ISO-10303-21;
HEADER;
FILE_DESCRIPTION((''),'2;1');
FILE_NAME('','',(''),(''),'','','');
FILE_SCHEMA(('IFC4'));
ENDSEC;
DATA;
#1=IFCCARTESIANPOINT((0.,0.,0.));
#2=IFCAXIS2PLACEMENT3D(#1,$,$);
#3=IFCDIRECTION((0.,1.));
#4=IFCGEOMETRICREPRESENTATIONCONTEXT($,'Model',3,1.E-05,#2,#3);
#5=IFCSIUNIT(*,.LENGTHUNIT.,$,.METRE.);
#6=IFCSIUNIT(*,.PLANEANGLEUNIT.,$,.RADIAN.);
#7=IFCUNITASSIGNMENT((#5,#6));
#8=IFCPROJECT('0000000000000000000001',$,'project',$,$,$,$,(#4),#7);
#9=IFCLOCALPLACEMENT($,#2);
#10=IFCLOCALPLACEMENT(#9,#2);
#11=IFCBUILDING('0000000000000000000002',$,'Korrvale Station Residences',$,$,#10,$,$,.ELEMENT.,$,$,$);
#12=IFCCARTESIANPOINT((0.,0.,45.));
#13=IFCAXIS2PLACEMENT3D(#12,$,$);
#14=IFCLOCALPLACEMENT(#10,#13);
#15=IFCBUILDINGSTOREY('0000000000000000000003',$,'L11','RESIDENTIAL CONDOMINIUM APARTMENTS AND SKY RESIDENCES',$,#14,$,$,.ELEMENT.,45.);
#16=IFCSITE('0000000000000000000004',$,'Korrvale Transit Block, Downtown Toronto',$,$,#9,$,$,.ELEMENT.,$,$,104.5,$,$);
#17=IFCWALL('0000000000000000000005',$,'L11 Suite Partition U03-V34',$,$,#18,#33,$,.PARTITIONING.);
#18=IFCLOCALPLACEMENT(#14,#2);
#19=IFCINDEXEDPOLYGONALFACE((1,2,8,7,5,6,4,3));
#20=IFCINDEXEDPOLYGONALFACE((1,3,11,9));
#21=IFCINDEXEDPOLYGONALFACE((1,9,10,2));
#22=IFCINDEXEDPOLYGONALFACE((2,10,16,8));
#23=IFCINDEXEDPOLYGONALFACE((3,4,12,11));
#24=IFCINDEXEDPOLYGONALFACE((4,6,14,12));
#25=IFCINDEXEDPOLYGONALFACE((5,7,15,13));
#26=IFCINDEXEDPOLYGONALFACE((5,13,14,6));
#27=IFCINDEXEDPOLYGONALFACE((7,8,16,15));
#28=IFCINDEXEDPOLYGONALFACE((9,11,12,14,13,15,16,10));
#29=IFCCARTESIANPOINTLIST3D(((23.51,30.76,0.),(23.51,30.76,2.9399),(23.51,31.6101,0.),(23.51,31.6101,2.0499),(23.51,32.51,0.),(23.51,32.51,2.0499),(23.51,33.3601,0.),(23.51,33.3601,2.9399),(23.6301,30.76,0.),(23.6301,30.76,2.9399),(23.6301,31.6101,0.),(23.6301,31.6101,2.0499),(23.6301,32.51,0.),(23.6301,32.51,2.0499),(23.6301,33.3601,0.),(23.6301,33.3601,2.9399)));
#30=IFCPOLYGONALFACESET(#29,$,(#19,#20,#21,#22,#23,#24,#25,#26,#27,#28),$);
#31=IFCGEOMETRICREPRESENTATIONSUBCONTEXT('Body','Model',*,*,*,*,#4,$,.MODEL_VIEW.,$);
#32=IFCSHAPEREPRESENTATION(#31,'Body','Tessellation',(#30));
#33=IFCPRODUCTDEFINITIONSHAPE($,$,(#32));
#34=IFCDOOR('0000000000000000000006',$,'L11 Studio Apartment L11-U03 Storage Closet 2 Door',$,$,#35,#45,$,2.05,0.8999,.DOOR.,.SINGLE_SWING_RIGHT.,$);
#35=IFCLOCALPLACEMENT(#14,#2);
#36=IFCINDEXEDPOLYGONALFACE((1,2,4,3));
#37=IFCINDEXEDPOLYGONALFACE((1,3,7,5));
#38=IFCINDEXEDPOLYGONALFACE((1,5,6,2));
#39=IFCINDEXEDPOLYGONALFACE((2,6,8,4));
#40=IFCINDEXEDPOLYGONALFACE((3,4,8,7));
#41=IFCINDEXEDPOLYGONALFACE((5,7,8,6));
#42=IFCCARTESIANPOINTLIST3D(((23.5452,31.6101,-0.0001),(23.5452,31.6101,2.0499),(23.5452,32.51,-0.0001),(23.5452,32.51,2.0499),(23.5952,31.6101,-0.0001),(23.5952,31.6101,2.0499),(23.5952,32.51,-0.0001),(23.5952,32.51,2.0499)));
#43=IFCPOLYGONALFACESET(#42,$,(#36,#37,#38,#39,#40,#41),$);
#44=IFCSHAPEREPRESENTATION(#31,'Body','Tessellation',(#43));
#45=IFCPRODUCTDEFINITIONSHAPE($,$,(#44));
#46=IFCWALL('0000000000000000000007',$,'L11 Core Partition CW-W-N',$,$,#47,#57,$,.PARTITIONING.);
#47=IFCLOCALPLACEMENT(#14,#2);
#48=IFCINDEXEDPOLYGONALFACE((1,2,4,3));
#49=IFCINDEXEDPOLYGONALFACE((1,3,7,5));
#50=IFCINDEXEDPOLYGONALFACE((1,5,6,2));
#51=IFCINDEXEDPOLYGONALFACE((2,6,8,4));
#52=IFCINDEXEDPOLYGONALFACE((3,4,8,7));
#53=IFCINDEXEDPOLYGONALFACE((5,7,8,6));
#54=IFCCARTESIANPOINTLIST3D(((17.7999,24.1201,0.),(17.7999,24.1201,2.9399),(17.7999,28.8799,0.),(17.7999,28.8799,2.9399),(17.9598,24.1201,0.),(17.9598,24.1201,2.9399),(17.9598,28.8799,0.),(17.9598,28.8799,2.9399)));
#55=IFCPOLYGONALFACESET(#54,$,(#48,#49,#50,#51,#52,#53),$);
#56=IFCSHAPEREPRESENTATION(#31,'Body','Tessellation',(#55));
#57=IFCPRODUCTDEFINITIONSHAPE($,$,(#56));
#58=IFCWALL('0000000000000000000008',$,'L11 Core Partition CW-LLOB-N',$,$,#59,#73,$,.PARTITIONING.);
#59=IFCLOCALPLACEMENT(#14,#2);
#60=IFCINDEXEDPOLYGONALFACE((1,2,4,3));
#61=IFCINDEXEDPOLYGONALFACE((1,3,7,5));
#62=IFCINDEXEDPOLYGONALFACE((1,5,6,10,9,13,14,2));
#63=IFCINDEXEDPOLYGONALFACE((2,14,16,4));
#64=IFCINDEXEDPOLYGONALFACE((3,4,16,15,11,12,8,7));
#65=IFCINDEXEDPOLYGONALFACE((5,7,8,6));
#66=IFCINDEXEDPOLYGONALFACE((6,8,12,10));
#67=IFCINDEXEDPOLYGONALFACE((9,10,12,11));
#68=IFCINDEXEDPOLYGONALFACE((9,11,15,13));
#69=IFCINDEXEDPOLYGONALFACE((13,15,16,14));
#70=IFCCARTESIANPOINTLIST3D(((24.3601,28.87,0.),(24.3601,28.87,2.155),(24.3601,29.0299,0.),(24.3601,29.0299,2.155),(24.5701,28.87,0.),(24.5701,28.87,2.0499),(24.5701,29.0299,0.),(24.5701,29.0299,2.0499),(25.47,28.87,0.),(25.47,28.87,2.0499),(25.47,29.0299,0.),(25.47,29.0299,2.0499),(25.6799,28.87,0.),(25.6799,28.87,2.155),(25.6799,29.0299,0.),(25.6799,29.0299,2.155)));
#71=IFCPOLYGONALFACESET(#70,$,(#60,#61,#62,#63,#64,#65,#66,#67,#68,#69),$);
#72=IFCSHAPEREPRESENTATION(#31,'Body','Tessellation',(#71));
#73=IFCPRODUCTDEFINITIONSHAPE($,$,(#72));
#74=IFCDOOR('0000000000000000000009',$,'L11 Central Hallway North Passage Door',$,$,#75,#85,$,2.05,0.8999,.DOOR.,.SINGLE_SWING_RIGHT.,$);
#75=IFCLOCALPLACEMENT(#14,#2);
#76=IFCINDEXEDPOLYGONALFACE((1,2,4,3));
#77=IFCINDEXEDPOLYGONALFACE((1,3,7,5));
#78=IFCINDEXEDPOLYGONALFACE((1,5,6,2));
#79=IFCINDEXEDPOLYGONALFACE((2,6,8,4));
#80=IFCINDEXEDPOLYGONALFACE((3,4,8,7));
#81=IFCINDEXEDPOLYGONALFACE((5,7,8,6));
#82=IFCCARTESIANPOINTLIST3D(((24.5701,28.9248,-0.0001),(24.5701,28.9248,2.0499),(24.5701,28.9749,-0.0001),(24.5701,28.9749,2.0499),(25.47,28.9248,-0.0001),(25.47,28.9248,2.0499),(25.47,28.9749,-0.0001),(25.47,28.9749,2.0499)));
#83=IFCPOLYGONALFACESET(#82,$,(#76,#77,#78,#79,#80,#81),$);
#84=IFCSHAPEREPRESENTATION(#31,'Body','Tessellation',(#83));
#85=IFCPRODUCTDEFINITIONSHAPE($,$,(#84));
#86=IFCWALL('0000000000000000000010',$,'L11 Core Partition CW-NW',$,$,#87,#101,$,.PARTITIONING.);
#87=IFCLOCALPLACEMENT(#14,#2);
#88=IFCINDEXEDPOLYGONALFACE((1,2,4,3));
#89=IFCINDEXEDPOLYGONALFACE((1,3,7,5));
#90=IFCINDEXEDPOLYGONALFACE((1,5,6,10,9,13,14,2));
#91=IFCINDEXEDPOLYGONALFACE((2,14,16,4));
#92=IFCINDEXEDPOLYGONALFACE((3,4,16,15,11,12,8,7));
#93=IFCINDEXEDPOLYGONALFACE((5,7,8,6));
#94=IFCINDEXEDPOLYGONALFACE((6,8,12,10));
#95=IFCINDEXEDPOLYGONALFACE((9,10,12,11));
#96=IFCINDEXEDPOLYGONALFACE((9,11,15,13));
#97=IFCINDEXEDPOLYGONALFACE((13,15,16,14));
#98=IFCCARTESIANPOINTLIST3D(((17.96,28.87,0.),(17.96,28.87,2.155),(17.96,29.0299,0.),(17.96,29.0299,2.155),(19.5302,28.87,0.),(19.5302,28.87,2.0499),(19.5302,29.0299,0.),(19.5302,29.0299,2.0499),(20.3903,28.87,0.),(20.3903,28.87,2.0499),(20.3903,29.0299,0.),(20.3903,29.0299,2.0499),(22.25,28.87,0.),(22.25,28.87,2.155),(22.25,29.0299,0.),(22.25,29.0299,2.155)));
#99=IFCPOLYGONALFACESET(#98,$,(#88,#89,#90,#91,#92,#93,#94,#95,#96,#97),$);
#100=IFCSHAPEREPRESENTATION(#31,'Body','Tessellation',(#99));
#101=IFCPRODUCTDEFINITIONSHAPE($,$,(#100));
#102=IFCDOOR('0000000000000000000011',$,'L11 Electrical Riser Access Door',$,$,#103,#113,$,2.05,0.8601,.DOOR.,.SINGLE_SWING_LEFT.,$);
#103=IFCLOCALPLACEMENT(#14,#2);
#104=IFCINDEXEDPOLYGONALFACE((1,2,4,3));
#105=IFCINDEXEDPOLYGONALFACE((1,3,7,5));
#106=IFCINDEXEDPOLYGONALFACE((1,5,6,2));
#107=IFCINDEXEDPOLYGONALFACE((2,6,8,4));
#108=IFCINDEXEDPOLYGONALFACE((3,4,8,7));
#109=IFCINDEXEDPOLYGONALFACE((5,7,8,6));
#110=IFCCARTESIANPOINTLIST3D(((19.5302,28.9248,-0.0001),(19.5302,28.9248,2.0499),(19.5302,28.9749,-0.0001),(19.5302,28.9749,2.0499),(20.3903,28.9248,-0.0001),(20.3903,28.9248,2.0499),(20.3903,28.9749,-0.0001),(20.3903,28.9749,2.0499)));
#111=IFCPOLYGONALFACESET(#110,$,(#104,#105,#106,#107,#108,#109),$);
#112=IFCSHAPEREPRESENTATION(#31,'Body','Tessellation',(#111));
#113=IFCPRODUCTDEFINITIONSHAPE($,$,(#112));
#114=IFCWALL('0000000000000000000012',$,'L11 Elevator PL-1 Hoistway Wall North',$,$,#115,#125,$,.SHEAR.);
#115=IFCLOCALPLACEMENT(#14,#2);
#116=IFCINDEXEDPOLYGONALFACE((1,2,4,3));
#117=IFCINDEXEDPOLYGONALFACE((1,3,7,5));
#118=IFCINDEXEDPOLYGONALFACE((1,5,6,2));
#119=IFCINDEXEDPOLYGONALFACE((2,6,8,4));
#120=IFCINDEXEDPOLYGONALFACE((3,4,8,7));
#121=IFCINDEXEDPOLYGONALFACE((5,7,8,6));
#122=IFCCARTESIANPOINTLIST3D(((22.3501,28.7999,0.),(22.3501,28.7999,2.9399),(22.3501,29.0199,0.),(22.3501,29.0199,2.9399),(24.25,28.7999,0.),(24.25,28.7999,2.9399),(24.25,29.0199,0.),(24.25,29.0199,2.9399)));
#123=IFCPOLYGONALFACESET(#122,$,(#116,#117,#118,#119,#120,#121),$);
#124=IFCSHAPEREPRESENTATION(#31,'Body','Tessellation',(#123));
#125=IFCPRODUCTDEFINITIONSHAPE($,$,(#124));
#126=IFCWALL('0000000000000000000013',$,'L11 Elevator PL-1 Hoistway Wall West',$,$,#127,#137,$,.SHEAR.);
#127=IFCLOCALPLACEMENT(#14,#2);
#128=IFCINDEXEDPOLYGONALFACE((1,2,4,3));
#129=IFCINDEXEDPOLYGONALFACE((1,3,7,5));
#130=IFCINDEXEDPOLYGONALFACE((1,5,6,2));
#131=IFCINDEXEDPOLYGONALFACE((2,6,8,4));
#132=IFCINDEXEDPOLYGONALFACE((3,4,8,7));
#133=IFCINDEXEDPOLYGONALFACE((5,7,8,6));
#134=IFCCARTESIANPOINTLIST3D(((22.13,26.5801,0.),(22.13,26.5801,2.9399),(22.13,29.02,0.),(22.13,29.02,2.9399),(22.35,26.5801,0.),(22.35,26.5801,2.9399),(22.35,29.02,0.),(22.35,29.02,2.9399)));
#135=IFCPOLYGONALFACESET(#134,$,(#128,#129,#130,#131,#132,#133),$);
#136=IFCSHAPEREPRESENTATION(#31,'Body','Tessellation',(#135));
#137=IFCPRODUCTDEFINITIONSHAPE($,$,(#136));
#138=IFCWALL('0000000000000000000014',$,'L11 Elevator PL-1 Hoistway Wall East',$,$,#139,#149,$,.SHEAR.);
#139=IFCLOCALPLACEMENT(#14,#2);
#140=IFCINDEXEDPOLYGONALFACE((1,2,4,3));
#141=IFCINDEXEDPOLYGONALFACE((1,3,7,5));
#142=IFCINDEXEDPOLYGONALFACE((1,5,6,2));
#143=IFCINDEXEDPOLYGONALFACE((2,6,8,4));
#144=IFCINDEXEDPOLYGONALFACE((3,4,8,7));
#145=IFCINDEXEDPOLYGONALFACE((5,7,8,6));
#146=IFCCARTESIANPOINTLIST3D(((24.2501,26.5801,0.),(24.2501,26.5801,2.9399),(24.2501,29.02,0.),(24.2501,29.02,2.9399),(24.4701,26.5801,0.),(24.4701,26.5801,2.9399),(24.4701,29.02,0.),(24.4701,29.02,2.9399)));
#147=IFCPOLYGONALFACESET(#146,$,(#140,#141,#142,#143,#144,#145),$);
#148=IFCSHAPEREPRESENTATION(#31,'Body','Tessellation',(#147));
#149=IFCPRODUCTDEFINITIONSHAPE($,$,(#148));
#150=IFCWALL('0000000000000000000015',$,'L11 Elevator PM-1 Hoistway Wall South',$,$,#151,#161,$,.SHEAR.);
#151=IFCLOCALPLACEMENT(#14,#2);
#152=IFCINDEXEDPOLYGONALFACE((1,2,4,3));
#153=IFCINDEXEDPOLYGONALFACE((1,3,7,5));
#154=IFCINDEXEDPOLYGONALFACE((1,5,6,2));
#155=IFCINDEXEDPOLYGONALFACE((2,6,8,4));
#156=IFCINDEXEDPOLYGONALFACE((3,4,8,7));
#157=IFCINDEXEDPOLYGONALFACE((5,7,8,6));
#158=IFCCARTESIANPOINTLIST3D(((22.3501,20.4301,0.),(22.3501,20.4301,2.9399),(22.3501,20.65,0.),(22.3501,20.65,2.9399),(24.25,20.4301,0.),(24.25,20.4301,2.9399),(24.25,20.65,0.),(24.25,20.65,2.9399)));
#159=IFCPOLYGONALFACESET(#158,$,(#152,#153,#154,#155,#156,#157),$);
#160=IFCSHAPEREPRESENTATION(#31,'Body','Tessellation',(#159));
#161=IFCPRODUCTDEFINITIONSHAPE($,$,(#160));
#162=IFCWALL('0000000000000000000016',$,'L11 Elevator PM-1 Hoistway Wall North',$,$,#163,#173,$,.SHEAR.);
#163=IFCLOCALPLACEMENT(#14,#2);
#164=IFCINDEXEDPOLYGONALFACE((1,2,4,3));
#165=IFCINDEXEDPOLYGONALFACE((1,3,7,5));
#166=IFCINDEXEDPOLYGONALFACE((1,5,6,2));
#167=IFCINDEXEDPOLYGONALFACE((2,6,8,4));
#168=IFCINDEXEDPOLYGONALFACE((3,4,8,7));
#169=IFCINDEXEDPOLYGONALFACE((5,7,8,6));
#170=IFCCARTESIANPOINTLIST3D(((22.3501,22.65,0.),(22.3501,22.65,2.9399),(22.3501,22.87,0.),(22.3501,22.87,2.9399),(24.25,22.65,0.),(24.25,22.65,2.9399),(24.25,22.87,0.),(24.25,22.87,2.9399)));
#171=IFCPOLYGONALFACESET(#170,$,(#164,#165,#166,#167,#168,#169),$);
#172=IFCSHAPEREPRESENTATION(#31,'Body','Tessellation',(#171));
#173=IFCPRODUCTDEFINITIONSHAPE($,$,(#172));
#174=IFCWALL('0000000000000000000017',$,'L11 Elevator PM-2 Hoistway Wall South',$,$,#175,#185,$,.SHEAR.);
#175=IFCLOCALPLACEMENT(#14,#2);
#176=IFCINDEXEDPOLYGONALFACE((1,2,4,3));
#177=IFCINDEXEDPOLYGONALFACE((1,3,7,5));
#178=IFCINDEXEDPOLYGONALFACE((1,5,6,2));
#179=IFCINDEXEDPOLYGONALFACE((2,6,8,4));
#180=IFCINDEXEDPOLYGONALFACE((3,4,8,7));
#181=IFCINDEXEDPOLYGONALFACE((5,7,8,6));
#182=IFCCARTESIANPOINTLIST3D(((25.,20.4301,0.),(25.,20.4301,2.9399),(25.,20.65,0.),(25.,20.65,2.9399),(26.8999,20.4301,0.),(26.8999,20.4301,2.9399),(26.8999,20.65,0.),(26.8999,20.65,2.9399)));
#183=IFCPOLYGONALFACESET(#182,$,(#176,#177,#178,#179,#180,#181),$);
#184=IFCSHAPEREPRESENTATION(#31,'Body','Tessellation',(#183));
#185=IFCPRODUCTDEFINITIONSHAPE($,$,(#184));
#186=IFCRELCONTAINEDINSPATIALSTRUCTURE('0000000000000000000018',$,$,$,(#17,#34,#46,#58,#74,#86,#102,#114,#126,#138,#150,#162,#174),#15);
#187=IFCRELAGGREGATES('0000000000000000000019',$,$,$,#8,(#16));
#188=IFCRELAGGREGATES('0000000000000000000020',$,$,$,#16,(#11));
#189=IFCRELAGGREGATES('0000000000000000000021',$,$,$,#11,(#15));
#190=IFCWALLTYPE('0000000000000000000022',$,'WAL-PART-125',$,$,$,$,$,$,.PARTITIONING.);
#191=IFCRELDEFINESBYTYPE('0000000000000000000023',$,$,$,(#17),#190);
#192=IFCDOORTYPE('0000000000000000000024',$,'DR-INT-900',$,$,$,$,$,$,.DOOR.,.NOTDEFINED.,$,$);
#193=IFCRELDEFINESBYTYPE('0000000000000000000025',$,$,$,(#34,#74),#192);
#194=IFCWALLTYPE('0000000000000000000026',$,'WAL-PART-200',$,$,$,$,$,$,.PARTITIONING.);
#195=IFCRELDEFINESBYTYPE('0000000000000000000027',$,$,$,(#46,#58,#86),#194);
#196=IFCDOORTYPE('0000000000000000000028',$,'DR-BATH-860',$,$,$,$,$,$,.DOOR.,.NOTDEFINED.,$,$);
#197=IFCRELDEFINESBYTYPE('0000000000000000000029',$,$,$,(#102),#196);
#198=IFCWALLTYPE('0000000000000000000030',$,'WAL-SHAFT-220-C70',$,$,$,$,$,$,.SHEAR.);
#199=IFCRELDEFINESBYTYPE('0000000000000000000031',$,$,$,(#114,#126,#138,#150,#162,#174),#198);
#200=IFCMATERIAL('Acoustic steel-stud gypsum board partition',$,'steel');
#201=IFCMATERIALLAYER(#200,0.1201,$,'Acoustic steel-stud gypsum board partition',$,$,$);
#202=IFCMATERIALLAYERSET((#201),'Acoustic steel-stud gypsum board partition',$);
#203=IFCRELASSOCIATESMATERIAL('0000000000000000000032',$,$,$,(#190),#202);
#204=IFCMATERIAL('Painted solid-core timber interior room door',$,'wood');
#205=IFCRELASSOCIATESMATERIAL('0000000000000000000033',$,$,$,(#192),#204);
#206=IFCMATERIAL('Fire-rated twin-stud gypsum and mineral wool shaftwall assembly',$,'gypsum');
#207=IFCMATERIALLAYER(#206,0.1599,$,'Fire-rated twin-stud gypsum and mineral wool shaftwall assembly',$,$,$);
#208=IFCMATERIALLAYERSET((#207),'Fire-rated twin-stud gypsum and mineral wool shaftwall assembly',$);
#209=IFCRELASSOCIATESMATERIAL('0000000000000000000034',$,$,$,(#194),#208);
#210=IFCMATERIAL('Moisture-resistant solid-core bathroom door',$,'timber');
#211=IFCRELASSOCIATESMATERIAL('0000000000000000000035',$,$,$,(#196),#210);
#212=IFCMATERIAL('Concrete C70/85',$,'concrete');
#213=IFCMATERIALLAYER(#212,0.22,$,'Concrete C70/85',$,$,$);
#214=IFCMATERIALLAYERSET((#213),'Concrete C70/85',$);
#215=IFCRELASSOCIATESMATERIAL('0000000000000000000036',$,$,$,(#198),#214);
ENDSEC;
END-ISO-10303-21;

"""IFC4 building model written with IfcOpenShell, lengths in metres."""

from ifc_helpers import new_model, si_unit, direction, frame, frame_2d, origin, place, context, subcontext, project, spatial, rectangle, extrude, material, layer, layer_set, type_object, element, fill, save


model = new_model("IFC4")

# Units and contexts
model_context = context("Model", 3, precision=1e-05, world=origin(), true_north=direction((0.0, 1.0)))
body_context = subcontext(model_context, "Body", "Model", "MODEL_VIEW")
ifc_project = project(units=[si_unit("LENGTHUNIT", "METRE"), si_unit("PLANEANGLEUNIT", "RADIAN")], contexts=[model_context])

# Site, building, storey
site_placement = place(None, origin())
site = spatial("IfcSite", under=ifc_project, at=site_placement, Name="Korrvale Transit Block, Downtown Toronto", CompositionType="ELEMENT", RefElevation=104.5)
building_placement = place(site_placement, origin())
building = spatial("IfcBuilding", under=site, at=building_placement, Name="Korrvale Station Residences", CompositionType="ELEMENT")
storey_placement = place(building_placement, frame((0.0, 0.0, 45.0)))
storey = spatial("IfcBuildingStorey", under=building, at=storey_placement, Name="L11", Description="RESIDENTIAL CONDOMINIUM APARTMENTS AND SKY RESIDENCES", CompositionType="ELEMENT", Elevation=45.0)

# Shared definitions
ifc_material_1 = material(Name="Concrete C70/85", Category="concrete")

# Wall, opening, door
ifc_material_2 = material(Name="Acoustic steel-stud gypsum board partition", Category="steel")
ifc_layer_1 = layer(ifc_material_2, 0.1201, Name="Acoustic steel-stud gypsum board partition")
ifc_layer_set_1 = layer_set([ifc_layer_1], Name="Acoustic steel-stud gypsum board partition")
wall_type_1 = type_object("IfcWallType", Name="WAL-PART-125", PredefinedType="PARTITIONING", material=ifc_layer_set_1)
ifc_material_3 = material(Name="Painted solid-core timber interior room door", Category="wood")
door_type_1 = type_object("IfcDoorType", Name="DR-INT-900", OperationType="NOTDEFINED", PredefinedType="DOOR", material=ifc_material_3)
wall_1_placement = place(storey_placement, frame((23.5701, 30.76, 0.0), z_axis=(0.0, 0.0, 1.0), x_axis=(0.0, 1.0, 0.0)))
wall_1 = element("IfcWall", 1, at=wall_1_placement, inside=storey, type_object=wall_type_1, Name="L11 Suite Partition U03-V34", PredefinedType="PARTITIONING", context=body_context, shape_type="SweptSolid", body=[
    extrude(rectangle(XDim=2.6001, YDim=0.1201, at=frame_2d((1.3, 0.0))), origin(), (0.0, 0.0, 1.0), 2.9399),
])
opening_1_placement = place(wall_1_placement, frame((0.8501, 0.0, 0.0)))
opening_1 = element("IfcOpeningElement", 2, at=opening_1_placement, cuts=wall_1, PredefinedType="OPENING", context=body_context, shape_type="SweptSolid", body=[
    extrude(rectangle(XDim=0.8999, YDim=2.05, at=frame_2d((0.45, 1.0249))), frame((0.0, 0.0701, 0.0), z_axis=(0.0, -1.0, 0.0), x_axis=(1.0, 0.0, 0.0)), (0.0, 0.0, 1.0), 0.1401),
])
door_1_placement = place(opening_1_placement, origin())
door_1 = element("IfcDoor", 3, at=door_1_placement, inside=storey, type_object=door_type_1, Name="L11 Studio Apartment L11-U03 Storage Closet 2 Door", OperationType="SINGLE_SWING_RIGHT", OverallHeight=2.05, OverallWidth=0.8999, PredefinedType="DOOR", context=body_context, shape_type="SweptSolid", body=[
    extrude(rectangle(XDim=0.8999, YDim=2.05, at=frame_2d((0.45, 1.0249))), frame((0.0, 0.0249, 0.0), z_axis=(0.0, -1.0, 0.0), x_axis=(1.0, 0.0, 0.0)), (0.0, 0.0, 1.0), 0.05),
])
fill(opening_1, door_1)

# Wall
ifc_material_4 = material(Name="Fire-rated twin-stud gypsum and mineral wool shaftwall assembly", Category="gypsum")
ifc_layer_2 = layer(ifc_material_4, 0.1599, Name="Fire-rated twin-stud gypsum and mineral wool shaftwall assembly")
ifc_layer_set_2 = layer_set([ifc_layer_2], Name="Fire-rated twin-stud gypsum and mineral wool shaftwall assembly")
wall_type_2 = type_object("IfcWallType", Name="WAL-PART-200", PredefinedType="PARTITIONING", material=ifc_layer_set_2)
wall_2_placement = place(storey_placement, frame((17.8799, 24.1201, 0.0), z_axis=(0.0, 0.0, 1.0), x_axis=(0.0, 1.0, 0.0)))
element("IfcWall", 4, at=wall_2_placement, inside=storey, type_object=wall_type_2, Name="L11 Core Partition CW-W-N", PredefinedType="PARTITIONING", context=body_context, shape_type="SweptSolid", body=[
    extrude(rectangle(XDim=4.7598, YDim=0.1599, at=frame_2d((2.3799, 0.0))), origin(), (0.0, 0.0, 1.0), 2.9399),
])

# Walls, openings, doors
wall_3_placement = place(storey_placement, frame((24.3601, 28.95, 0.0), z_axis=(0.0, 0.0, 1.0), x_axis=(1.0, 0.0, 0.0)))
wall_3 = element("IfcWall", 5, at=wall_3_placement, inside=storey, type_object=wall_type_2, Name="L11 Core Partition CW-LLOB-N", PredefinedType="PARTITIONING", context=body_context, shape_type="SweptSolid", body=[
    extrude(rectangle(XDim=1.3198, YDim=0.1599, at=frame_2d((0.6599, 0.0))), origin(), (0.0, 0.0, 1.0), 2.155),
])
opening_2_placement = place(wall_3_placement, frame((0.21, 0.0, 0.0)))
opening_2 = element("IfcOpeningElement", 6, at=opening_2_placement, cuts=wall_3, PredefinedType="OPENING", context=body_context, shape_type="SweptSolid", body=[
    extrude(rectangle(XDim=0.8999, YDim=2.05, at=frame_2d((0.45, 1.0249))), frame((0.0, 0.0898, 0.0), z_axis=(0.0, -1.0, 0.0), x_axis=(1.0, 0.0, 0.0)), (0.0, 0.0, 1.0), 0.1799),
])
door_2_placement = place(opening_2_placement, origin())
door_2 = element("IfcDoor", 7, at=door_2_placement, inside=storey, type_object=door_type_1, Name="L11 Central Hallway North Passage Door", OperationType="SINGLE_SWING_RIGHT", OverallHeight=2.05, OverallWidth=0.8999, PredefinedType="DOOR", context=body_context, shape_type="SweptSolid", body=[
    extrude(rectangle(XDim=0.8999, YDim=2.05, at=frame_2d((0.45, 1.0249))), frame((0.0, 0.0249, 0.0), z_axis=(0.0, -1.0, 0.0), x_axis=(1.0, 0.0, 0.0)), (0.0, 0.0, 1.0), 0.05),
])
fill(opening_2, door_2)
wall_4_placement = place(storey_placement, frame((17.96, 28.95, 0.0), z_axis=(0.0, 0.0, 1.0), x_axis=(1.0, 0.0, 0.0)))
wall_4 = element("IfcWall", 8, at=wall_4_placement, inside=storey, type_object=wall_type_2, Name="L11 Core Partition CW-NW", PredefinedType="PARTITIONING", context=body_context, shape_type="SweptSolid", body=[
    extrude(rectangle(XDim=4.29, YDim=0.1599, at=frame_2d((2.145, 0.0))), origin(), (0.0, 0.0, 1.0), 2.155),
])
opening_3_placement = place(wall_4_placement, frame((1.5701, 0.0, 0.0)))
opening_3 = element("IfcOpeningElement", 9, at=opening_3_placement, cuts=wall_4, PredefinedType="OPENING", context=body_context, shape_type="SweptSolid", body=[
    extrude(rectangle(XDim=0.8601, YDim=2.05, at=frame_2d((0.4302, 1.0249))), frame((0.0, 0.0898, 0.0), z_axis=(0.0, -1.0, 0.0), x_axis=(1.0, 0.0, 0.0)), (0.0, 0.0, 1.0), 0.1799),
])
ifc_material_5 = material(Name="Moisture-resistant solid-core bathroom door", Category="timber")
door_type_2 = type_object("IfcDoorType", Name="DR-BATH-860", OperationType="NOTDEFINED", PredefinedType="DOOR", material=ifc_material_5)
door_3_placement = place(opening_3_placement, origin())
door_3 = element("IfcDoor", 10, at=door_3_placement, inside=storey, type_object=door_type_2, Name="L11 Electrical Riser Access Door", OperationType="SINGLE_SWING_LEFT", OverallHeight=2.05, OverallWidth=0.8601, PredefinedType="DOOR", context=body_context, shape_type="SweptSolid", body=[
    extrude(rectangle(XDim=0.8601, YDim=2.05, at=frame_2d((0.4302, 1.0249))), frame((0.0, 0.0249, 0.0), z_axis=(0.0, -1.0, 0.0), x_axis=(1.0, 0.0, 0.0)), (0.0, 0.0, 1.0), 0.05),
])
fill(opening_3, door_3)
ifc_layer_3 = layer(ifc_material_1, 0.22, Name="Concrete C70/85")
ifc_layer_set_3 = layer_set([ifc_layer_3], Name="Concrete C70/85")
wall_type_3 = type_object("IfcWallType", Name="WAL-SHAFT-220-C70", PredefinedType="SHEAR", material=ifc_layer_set_3)

# Walls
wall_5_placement = place(storey_placement, frame((22.3501, 28.9099, 0.0), z_axis=(0.0, 0.0, 1.0), x_axis=(1.0, 0.0, 0.0)))
element("IfcWall", 11, at=wall_5_placement, inside=storey, type_object=wall_type_3, Name="L11 Elevator PL-1 Hoistway Wall North", PredefinedType="SHEAR", context=body_context, shape_type="SweptSolid", body=[
    extrude(rectangle(XDim=1.8999, YDim=0.22, at=frame_2d((0.95, 0.0))), origin(), (0.0, 0.0, 1.0), 2.9399),
])
for number, where, z_axis, x_axis, name in (
    (12, (22.24, 26.5801, 0.0), (0.0, 0.0, 1.0), (0.0, 1.0, 0.0), "L11 Elevator PL-1 Hoistway Wall West"),
    (13, (24.3601, 26.5801, 0.0), (0.0, 0.0, 1.0), (0.0, 1.0, 0.0), "L11 Elevator PL-1 Hoistway Wall East"),
):
    element("IfcWall", number, at=place(storey_placement, frame(where, z_axis=z_axis, x_axis=x_axis)), inside=storey, type_object=wall_type_3, Name=name, PredefinedType="SHEAR", context=body_context, shape_type="SweptSolid", body=[
        extrude(rectangle(XDim=2.4399, YDim=0.22, at=frame_2d((1.22, 0.0))), origin(), (0.0, 0.0, 1.0), 2.9399),
    ])
for number, where, z_axis, x_axis, name in (
    (14, (22.3501, 20.54, 0.0), (0.0, 0.0, 1.0), (1.0, 0.0, 0.0), "L11 Elevator PM-1 Hoistway Wall South"),
    (15, (22.3501, 22.76, 0.0), (0.0, 0.0, 1.0), (1.0, 0.0, 0.0), "L11 Elevator PM-1 Hoistway Wall North"),
    (16, (25.0, 20.54, 0.0), (0.0, 0.0, 1.0), (1.0, 0.0, 0.0), "L11 Elevator PM-2 Hoistway Wall South"),
):
    element("IfcWall", number, at=place(storey_placement, frame(where, z_axis=z_axis, x_axis=x_axis)), inside=storey, type_object=wall_type_3, Name=name, PredefinedType="SHEAR", context=body_context, shape_type="SweptSolid", body=[
        extrude(rectangle(XDim=1.8999, YDim=0.22, at=frame_2d((0.95, 0.0))), origin(), (0.0, 0.0, 1.0), 2.9399),
    ])

save(model, "model.ifc")
